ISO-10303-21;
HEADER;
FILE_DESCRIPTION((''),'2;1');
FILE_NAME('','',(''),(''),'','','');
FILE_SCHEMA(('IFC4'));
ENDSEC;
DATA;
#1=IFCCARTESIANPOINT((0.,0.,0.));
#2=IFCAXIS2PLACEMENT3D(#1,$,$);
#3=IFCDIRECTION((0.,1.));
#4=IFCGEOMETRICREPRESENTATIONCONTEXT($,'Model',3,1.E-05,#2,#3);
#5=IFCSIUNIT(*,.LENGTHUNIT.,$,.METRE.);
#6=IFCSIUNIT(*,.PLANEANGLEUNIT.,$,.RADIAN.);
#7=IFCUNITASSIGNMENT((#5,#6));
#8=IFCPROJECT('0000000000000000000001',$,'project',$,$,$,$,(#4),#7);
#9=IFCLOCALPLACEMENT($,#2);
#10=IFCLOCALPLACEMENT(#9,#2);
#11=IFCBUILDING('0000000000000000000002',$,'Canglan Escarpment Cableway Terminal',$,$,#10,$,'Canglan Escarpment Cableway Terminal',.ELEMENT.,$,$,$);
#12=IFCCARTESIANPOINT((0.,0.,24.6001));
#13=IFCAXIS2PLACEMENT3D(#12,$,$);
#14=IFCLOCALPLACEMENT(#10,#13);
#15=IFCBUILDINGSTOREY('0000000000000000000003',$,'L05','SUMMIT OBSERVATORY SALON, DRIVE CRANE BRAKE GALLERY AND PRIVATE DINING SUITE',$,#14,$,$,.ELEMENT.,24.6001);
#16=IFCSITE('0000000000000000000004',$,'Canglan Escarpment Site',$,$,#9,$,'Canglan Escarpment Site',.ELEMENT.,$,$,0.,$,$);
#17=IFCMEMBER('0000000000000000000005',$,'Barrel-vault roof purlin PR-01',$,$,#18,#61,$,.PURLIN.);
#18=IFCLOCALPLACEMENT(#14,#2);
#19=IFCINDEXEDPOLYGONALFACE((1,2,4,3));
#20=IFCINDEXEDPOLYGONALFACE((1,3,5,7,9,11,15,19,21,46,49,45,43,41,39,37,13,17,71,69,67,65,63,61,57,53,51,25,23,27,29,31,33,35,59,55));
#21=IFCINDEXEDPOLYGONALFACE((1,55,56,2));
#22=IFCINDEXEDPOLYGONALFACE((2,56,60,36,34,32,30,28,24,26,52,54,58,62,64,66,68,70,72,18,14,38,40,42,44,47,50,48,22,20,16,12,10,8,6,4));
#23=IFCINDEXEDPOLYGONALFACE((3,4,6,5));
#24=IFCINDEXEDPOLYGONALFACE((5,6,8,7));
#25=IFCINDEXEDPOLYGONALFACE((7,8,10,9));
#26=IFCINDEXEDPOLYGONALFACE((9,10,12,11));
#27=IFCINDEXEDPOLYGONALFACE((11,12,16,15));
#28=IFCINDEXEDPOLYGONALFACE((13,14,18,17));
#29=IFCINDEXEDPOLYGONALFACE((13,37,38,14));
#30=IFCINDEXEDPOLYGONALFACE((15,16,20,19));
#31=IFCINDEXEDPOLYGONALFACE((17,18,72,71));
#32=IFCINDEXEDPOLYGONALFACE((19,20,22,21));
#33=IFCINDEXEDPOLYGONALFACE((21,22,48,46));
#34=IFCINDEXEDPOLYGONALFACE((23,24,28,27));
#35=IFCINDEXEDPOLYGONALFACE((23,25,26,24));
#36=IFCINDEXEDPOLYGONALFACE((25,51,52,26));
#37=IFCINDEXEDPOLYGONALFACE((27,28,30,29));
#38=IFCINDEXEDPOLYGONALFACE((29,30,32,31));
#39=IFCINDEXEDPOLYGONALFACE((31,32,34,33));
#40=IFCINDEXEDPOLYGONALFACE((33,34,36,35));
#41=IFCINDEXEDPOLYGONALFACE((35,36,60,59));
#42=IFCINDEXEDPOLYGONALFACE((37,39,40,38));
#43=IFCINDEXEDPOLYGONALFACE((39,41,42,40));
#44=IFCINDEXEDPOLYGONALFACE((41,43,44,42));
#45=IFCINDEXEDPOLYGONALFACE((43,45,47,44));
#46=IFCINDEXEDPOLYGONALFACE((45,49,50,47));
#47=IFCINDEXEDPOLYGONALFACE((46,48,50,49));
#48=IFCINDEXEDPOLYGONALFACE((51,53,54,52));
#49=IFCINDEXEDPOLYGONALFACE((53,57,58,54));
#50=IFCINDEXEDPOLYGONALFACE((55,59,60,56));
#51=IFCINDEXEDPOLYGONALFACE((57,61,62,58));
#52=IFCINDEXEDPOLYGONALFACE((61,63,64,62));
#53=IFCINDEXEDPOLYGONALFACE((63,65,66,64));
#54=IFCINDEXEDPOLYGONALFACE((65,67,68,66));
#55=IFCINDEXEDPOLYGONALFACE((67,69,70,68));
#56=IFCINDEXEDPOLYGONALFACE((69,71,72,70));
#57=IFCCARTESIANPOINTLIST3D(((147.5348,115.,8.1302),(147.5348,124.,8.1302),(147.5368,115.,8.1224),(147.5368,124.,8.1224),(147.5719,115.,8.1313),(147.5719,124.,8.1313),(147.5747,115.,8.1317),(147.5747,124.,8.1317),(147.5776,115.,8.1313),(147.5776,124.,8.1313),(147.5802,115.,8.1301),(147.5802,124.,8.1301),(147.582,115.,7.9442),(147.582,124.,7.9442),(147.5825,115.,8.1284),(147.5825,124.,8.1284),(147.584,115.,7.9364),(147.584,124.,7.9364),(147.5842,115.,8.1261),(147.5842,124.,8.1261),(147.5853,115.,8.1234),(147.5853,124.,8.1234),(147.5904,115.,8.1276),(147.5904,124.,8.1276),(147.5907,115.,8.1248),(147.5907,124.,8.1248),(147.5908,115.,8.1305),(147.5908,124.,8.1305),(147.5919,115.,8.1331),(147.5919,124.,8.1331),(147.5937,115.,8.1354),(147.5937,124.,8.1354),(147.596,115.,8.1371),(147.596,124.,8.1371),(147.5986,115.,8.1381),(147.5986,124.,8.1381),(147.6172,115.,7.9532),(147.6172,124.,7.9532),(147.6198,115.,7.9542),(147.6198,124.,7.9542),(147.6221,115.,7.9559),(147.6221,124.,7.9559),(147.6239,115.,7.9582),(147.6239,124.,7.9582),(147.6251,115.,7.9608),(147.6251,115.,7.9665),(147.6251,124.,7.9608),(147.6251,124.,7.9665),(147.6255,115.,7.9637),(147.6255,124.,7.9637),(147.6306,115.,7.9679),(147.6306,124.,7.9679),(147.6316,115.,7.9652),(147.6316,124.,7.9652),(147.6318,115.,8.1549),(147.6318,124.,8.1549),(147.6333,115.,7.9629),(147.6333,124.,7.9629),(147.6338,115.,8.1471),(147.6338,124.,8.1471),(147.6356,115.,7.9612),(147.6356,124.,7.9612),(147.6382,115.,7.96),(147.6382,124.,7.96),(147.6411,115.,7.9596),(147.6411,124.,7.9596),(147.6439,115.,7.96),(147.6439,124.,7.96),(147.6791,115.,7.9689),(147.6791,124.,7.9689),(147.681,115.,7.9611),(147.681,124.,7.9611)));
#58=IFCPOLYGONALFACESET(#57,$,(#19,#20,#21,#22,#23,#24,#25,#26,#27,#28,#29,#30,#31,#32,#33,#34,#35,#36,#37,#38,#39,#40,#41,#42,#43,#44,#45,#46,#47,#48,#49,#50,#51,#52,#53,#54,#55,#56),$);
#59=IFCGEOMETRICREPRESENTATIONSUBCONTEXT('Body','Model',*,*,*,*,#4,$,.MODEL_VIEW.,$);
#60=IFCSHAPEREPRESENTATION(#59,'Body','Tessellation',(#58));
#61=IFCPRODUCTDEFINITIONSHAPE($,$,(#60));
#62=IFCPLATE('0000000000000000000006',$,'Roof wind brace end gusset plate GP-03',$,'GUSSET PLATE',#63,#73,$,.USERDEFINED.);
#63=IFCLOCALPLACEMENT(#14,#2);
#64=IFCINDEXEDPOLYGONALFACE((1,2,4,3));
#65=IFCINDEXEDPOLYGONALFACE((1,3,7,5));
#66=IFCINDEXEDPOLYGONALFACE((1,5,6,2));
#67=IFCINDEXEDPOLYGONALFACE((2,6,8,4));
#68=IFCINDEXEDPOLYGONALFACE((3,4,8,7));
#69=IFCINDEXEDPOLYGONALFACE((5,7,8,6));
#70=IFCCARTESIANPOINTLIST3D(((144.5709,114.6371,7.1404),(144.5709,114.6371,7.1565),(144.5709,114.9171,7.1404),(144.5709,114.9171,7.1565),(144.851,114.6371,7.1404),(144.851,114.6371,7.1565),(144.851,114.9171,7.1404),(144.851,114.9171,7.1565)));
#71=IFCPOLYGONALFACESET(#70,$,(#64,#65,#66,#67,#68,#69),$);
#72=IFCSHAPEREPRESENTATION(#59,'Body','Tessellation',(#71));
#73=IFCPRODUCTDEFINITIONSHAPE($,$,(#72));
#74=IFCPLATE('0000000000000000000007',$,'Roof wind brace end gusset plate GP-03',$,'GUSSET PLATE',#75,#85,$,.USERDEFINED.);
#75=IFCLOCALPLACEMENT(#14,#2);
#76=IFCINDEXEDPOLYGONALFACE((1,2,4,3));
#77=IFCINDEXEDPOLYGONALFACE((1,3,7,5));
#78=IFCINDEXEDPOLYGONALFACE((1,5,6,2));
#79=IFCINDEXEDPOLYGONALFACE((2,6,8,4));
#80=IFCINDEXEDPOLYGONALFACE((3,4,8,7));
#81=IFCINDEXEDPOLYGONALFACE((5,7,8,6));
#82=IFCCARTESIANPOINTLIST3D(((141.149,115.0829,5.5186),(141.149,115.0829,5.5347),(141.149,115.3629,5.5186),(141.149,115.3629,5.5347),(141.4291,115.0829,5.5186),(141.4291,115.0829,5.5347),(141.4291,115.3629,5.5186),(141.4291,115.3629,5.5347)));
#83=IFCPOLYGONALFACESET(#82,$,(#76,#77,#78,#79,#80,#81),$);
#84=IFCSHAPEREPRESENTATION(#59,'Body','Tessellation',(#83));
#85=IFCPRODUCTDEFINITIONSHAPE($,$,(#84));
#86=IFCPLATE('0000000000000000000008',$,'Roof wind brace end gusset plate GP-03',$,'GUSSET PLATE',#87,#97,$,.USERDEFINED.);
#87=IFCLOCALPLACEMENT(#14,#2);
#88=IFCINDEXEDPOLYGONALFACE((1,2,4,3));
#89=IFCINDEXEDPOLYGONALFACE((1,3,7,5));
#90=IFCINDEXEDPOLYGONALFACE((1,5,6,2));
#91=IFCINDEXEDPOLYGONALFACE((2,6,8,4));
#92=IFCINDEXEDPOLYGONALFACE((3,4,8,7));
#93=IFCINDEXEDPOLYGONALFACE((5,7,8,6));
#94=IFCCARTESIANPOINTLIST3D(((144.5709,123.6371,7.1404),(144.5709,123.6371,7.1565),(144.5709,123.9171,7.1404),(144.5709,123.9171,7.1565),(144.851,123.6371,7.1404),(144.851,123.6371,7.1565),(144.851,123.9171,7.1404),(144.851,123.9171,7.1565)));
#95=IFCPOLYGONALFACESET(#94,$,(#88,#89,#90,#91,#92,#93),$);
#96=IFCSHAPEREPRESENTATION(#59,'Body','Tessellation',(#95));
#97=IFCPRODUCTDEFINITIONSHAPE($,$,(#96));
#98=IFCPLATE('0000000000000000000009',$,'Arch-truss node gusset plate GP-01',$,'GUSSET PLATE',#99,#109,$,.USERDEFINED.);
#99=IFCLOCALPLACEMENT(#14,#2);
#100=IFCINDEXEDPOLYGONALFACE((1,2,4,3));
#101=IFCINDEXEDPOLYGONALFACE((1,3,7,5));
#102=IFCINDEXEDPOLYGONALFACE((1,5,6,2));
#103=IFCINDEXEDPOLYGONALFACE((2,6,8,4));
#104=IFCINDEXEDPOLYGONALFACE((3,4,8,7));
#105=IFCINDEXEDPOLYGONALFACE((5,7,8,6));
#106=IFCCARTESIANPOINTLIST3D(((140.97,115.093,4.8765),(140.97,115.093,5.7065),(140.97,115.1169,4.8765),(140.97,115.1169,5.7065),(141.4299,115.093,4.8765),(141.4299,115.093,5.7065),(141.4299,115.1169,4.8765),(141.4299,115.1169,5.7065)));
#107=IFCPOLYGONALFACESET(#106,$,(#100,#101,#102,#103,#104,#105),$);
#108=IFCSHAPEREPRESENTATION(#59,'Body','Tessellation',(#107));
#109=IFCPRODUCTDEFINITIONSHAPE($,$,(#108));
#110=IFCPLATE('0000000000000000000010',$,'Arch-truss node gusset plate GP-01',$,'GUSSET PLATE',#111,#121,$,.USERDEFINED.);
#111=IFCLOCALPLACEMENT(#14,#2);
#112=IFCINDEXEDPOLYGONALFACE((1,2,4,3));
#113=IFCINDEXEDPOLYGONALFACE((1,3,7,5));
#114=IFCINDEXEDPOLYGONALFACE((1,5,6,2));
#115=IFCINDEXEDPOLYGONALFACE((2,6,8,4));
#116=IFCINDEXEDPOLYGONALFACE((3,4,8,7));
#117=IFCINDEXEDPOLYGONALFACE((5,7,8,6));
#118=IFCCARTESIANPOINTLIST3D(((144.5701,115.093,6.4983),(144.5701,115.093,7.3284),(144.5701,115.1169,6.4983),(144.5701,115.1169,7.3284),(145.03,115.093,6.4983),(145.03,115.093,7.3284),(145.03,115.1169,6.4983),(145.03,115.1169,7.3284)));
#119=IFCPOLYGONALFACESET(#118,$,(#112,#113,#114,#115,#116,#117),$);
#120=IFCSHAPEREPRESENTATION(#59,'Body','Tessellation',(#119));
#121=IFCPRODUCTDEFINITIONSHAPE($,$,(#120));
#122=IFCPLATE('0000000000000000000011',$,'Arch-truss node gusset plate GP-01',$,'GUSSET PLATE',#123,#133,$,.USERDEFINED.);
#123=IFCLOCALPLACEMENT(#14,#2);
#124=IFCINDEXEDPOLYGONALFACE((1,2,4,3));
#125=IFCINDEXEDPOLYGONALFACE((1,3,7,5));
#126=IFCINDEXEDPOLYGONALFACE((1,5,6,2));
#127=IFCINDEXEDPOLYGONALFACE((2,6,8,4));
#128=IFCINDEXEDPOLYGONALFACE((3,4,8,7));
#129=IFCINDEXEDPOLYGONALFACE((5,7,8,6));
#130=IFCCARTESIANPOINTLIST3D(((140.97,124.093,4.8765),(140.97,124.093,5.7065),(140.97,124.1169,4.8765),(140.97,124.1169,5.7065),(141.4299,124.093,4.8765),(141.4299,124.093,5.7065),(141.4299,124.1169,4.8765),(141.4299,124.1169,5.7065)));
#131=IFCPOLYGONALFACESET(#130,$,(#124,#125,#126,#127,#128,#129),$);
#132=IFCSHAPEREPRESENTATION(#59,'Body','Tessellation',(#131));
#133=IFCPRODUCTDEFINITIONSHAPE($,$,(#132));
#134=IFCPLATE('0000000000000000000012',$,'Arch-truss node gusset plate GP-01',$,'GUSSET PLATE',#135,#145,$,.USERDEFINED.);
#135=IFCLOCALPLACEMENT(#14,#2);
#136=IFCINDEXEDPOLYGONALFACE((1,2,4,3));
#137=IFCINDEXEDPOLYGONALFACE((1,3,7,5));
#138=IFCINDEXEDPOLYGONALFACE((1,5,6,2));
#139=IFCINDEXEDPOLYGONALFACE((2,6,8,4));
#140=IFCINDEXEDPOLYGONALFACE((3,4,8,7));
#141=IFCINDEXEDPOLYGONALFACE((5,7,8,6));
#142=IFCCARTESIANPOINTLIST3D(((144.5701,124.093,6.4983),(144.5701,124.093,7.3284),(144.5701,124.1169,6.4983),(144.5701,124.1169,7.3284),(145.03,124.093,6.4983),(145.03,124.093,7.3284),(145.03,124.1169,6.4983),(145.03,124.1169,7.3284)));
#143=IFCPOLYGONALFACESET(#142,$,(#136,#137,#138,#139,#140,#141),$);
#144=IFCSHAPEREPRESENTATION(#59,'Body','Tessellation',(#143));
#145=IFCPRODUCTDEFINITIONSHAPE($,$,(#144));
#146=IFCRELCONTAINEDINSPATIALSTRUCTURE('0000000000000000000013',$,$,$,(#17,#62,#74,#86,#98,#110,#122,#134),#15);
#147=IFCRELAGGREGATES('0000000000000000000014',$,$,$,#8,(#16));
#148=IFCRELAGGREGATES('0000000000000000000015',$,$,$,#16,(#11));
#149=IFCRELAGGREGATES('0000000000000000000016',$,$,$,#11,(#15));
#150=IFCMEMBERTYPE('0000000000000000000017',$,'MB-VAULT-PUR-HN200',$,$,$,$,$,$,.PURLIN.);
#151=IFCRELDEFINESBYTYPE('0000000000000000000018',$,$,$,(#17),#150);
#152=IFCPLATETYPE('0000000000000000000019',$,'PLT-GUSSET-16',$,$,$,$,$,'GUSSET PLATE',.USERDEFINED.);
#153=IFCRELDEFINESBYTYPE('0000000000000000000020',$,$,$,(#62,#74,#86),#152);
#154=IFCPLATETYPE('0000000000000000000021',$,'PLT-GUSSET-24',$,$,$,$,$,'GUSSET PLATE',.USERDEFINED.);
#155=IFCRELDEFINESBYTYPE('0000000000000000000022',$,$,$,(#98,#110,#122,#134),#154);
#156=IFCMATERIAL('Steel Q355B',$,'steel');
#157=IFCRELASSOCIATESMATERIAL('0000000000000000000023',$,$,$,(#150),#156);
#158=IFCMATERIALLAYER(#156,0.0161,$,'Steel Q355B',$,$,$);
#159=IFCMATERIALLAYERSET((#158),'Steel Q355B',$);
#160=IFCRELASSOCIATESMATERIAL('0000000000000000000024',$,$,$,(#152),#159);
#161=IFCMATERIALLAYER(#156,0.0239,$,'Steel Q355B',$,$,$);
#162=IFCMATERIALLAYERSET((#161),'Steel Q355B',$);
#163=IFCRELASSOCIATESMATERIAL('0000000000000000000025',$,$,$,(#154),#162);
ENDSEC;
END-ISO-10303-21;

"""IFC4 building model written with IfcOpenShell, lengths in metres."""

from ifc_helpers import new_model, si_unit, direction, frame, origin, origin_2d, place, context, subcontext, project, spatial, rectangle, i_section, extrude, material, layer, layer_set, material_profile, profile_set, type_object, element, save


model = new_model("IFC4")

# Units and contexts
model_context = context("Model", 3, precision=1e-05, world=origin(), true_north=direction((0.0, 1.0)))
body_context = subcontext(model_context, "Body", "Model", "MODEL_VIEW")
ifc_project = project(units=[si_unit("LENGTHUNIT", "METRE"), si_unit("PLANEANGLEUNIT", "RADIAN")], contexts=[model_context])

# Site, building, storey
site_placement = place(None, origin())
site = spatial("IfcSite", under=ifc_project, at=site_placement, Name="Canglan Escarpment Site", LongName="Canglan Escarpment Site", CompositionType="ELEMENT", RefElevation=0.0)
building_placement = place(site_placement, origin())
building = spatial("IfcBuilding", under=site, at=building_placement, Name="Canglan Escarpment Cableway Terminal", LongName="Canglan Escarpment Cableway Terminal", CompositionType="ELEMENT")
storey_placement = place(building_placement, frame((0.0, 0.0, 24.6001)))
storey = spatial("IfcBuildingStorey", under=building, at=storey_placement, Name="L05", Description="SUMMIT OBSERVATORY SALON, DRIVE CRANE BRAKE GALLERY AND PRIVATE DINING SUITE", CompositionType="ELEMENT", Elevation=24.6001)

# Shared definitions
ifc_material_1 = material(Name="Steel Q355B", Category="steel")

# Member
ifc_material_profile_1 = material_profile(ifc_material_1, i_section(OverallWidth=0.1001, OverallDepth=0.2, WebThickness=0.0056, FlangeThickness=0.0081, FilletRadius=0.011, at=origin_2d()), Name="HN 200x100x5.5x8")
ifc_profile_set_1 = profile_set([ifc_material_profile_1], Name="Steel Q355B")
member_type_1 = type_object("IfcMemberType", Name="MB-VAULT-PUR-HN200", PredefinedType="PURLIN", material=ifc_profile_set_1)
for number, where, z_axis, x_axis, name in (
    (1, (147.6079, 115.0, 8.0457), (0.0, 1.0, 0.0), (-0.969184, 0.0, -0.246339), "Barrel-vault roof purlin PR-01"),
):
    element("IfcMember", number, at=place(storey_placement, frame(where, z_axis=z_axis, x_axis=x_axis)), inside=storey, type_object=member_type_1, Name=name, PredefinedType="PURLIN", context=body_context, shape_type="SweptSolid", body=[
        extrude(i_section(OverallWidth=0.1001, OverallDepth=0.2, WebThickness=0.0056, FlangeThickness=0.0081, FilletRadius=0.011, at=origin_2d()), origin(), (0.0, 0.0, 1.0), 9.0),
    ])

# Plates
ifc_layer_1 = layer(ifc_material_1, 0.0161, Name="Steel Q355B")
ifc_layer_set_1 = layer_set([ifc_layer_1], Name="Steel Q355B")
plate_type_1 = type_object("IfcPlateType", Name="PLT-GUSSET-16", ElementType="GUSSET PLATE", PredefinedType="USERDEFINED", material=ifc_layer_set_1)
for number, where, z_axis, x_axis, name in (
    (2, (144.7109, 114.7771, 7.1404), (0.0, 0.0, 1.0), (1.0, 0.0, 0.0), "Roof wind brace end gusset plate GP-03"),
    (3, (141.2891, 115.2229, 5.5186), (0.0, 0.0, 1.0), (1.0, 0.0, 0.0), "Roof wind brace end gusset plate GP-03"),
    (4, (144.7109, 123.7771, 7.1404), (0.0, 0.0, 1.0), (1.0, 0.0, 0.0), "Roof wind brace end gusset plate GP-03"),
):
    element("IfcPlate", number, at=place(storey_placement, frame(where, z_axis=z_axis, x_axis=x_axis)), inside=storey, type_object=plate_type_1, Name=name, ObjectType="GUSSET PLATE", PredefinedType="USERDEFINED", context=body_context, shape_type="SweptSolid", body=[
        extrude(rectangle(XDim=0.28, YDim=0.28, at=origin_2d()), origin(), (0.0, 0.0, 1.0), 0.0161),
    ])
ifc_layer_2 = layer(ifc_material_1, 0.0239, Name="Steel Q355B")
ifc_layer_set_2 = layer_set([ifc_layer_2], Name="Steel Q355B")
plate_type_2 = type_object("IfcPlateType", Name="PLT-GUSSET-24", ElementType="GUSSET PLATE", PredefinedType="USERDEFINED", material=ifc_layer_set_2)
for number, where, z_axis, x_axis, name in (
    (5, (141.2, 115.105, 4.8765), (0.0, 0.0, 1.0), (1.0, 0.0, 0.0), "Arch-truss node gusset plate GP-01"),
    (6, (144.8, 115.105, 6.4983), (0.0, 0.0, 1.0), (1.0, 0.0, 0.0), "Arch-truss node gusset plate GP-01"),
    (7, (141.2, 124.105, 4.8765), (0.0, 0.0, 1.0), (1.0, 0.0, 0.0), "Arch-truss node gusset plate GP-01"),
    (8, (144.8, 124.105, 6.4983), (0.0, 0.0, 1.0), (1.0, 0.0, 0.0), "Arch-truss node gusset plate GP-01"),
):
    element("IfcPlate", number, at=place(storey_placement, frame(where, z_axis=z_axis, x_axis=x_axis)), inside=storey, type_object=plate_type_2, Name=name, ObjectType="GUSSET PLATE", PredefinedType="USERDEFINED", context=body_context, shape_type="SweptSolid", body=[
        extrude(rectangle(XDim=0.46, YDim=0.0239, at=origin_2d()), origin(), (0.0, 0.0, 1.0), 0.8301),
    ])

save(model, "model.ifc")
